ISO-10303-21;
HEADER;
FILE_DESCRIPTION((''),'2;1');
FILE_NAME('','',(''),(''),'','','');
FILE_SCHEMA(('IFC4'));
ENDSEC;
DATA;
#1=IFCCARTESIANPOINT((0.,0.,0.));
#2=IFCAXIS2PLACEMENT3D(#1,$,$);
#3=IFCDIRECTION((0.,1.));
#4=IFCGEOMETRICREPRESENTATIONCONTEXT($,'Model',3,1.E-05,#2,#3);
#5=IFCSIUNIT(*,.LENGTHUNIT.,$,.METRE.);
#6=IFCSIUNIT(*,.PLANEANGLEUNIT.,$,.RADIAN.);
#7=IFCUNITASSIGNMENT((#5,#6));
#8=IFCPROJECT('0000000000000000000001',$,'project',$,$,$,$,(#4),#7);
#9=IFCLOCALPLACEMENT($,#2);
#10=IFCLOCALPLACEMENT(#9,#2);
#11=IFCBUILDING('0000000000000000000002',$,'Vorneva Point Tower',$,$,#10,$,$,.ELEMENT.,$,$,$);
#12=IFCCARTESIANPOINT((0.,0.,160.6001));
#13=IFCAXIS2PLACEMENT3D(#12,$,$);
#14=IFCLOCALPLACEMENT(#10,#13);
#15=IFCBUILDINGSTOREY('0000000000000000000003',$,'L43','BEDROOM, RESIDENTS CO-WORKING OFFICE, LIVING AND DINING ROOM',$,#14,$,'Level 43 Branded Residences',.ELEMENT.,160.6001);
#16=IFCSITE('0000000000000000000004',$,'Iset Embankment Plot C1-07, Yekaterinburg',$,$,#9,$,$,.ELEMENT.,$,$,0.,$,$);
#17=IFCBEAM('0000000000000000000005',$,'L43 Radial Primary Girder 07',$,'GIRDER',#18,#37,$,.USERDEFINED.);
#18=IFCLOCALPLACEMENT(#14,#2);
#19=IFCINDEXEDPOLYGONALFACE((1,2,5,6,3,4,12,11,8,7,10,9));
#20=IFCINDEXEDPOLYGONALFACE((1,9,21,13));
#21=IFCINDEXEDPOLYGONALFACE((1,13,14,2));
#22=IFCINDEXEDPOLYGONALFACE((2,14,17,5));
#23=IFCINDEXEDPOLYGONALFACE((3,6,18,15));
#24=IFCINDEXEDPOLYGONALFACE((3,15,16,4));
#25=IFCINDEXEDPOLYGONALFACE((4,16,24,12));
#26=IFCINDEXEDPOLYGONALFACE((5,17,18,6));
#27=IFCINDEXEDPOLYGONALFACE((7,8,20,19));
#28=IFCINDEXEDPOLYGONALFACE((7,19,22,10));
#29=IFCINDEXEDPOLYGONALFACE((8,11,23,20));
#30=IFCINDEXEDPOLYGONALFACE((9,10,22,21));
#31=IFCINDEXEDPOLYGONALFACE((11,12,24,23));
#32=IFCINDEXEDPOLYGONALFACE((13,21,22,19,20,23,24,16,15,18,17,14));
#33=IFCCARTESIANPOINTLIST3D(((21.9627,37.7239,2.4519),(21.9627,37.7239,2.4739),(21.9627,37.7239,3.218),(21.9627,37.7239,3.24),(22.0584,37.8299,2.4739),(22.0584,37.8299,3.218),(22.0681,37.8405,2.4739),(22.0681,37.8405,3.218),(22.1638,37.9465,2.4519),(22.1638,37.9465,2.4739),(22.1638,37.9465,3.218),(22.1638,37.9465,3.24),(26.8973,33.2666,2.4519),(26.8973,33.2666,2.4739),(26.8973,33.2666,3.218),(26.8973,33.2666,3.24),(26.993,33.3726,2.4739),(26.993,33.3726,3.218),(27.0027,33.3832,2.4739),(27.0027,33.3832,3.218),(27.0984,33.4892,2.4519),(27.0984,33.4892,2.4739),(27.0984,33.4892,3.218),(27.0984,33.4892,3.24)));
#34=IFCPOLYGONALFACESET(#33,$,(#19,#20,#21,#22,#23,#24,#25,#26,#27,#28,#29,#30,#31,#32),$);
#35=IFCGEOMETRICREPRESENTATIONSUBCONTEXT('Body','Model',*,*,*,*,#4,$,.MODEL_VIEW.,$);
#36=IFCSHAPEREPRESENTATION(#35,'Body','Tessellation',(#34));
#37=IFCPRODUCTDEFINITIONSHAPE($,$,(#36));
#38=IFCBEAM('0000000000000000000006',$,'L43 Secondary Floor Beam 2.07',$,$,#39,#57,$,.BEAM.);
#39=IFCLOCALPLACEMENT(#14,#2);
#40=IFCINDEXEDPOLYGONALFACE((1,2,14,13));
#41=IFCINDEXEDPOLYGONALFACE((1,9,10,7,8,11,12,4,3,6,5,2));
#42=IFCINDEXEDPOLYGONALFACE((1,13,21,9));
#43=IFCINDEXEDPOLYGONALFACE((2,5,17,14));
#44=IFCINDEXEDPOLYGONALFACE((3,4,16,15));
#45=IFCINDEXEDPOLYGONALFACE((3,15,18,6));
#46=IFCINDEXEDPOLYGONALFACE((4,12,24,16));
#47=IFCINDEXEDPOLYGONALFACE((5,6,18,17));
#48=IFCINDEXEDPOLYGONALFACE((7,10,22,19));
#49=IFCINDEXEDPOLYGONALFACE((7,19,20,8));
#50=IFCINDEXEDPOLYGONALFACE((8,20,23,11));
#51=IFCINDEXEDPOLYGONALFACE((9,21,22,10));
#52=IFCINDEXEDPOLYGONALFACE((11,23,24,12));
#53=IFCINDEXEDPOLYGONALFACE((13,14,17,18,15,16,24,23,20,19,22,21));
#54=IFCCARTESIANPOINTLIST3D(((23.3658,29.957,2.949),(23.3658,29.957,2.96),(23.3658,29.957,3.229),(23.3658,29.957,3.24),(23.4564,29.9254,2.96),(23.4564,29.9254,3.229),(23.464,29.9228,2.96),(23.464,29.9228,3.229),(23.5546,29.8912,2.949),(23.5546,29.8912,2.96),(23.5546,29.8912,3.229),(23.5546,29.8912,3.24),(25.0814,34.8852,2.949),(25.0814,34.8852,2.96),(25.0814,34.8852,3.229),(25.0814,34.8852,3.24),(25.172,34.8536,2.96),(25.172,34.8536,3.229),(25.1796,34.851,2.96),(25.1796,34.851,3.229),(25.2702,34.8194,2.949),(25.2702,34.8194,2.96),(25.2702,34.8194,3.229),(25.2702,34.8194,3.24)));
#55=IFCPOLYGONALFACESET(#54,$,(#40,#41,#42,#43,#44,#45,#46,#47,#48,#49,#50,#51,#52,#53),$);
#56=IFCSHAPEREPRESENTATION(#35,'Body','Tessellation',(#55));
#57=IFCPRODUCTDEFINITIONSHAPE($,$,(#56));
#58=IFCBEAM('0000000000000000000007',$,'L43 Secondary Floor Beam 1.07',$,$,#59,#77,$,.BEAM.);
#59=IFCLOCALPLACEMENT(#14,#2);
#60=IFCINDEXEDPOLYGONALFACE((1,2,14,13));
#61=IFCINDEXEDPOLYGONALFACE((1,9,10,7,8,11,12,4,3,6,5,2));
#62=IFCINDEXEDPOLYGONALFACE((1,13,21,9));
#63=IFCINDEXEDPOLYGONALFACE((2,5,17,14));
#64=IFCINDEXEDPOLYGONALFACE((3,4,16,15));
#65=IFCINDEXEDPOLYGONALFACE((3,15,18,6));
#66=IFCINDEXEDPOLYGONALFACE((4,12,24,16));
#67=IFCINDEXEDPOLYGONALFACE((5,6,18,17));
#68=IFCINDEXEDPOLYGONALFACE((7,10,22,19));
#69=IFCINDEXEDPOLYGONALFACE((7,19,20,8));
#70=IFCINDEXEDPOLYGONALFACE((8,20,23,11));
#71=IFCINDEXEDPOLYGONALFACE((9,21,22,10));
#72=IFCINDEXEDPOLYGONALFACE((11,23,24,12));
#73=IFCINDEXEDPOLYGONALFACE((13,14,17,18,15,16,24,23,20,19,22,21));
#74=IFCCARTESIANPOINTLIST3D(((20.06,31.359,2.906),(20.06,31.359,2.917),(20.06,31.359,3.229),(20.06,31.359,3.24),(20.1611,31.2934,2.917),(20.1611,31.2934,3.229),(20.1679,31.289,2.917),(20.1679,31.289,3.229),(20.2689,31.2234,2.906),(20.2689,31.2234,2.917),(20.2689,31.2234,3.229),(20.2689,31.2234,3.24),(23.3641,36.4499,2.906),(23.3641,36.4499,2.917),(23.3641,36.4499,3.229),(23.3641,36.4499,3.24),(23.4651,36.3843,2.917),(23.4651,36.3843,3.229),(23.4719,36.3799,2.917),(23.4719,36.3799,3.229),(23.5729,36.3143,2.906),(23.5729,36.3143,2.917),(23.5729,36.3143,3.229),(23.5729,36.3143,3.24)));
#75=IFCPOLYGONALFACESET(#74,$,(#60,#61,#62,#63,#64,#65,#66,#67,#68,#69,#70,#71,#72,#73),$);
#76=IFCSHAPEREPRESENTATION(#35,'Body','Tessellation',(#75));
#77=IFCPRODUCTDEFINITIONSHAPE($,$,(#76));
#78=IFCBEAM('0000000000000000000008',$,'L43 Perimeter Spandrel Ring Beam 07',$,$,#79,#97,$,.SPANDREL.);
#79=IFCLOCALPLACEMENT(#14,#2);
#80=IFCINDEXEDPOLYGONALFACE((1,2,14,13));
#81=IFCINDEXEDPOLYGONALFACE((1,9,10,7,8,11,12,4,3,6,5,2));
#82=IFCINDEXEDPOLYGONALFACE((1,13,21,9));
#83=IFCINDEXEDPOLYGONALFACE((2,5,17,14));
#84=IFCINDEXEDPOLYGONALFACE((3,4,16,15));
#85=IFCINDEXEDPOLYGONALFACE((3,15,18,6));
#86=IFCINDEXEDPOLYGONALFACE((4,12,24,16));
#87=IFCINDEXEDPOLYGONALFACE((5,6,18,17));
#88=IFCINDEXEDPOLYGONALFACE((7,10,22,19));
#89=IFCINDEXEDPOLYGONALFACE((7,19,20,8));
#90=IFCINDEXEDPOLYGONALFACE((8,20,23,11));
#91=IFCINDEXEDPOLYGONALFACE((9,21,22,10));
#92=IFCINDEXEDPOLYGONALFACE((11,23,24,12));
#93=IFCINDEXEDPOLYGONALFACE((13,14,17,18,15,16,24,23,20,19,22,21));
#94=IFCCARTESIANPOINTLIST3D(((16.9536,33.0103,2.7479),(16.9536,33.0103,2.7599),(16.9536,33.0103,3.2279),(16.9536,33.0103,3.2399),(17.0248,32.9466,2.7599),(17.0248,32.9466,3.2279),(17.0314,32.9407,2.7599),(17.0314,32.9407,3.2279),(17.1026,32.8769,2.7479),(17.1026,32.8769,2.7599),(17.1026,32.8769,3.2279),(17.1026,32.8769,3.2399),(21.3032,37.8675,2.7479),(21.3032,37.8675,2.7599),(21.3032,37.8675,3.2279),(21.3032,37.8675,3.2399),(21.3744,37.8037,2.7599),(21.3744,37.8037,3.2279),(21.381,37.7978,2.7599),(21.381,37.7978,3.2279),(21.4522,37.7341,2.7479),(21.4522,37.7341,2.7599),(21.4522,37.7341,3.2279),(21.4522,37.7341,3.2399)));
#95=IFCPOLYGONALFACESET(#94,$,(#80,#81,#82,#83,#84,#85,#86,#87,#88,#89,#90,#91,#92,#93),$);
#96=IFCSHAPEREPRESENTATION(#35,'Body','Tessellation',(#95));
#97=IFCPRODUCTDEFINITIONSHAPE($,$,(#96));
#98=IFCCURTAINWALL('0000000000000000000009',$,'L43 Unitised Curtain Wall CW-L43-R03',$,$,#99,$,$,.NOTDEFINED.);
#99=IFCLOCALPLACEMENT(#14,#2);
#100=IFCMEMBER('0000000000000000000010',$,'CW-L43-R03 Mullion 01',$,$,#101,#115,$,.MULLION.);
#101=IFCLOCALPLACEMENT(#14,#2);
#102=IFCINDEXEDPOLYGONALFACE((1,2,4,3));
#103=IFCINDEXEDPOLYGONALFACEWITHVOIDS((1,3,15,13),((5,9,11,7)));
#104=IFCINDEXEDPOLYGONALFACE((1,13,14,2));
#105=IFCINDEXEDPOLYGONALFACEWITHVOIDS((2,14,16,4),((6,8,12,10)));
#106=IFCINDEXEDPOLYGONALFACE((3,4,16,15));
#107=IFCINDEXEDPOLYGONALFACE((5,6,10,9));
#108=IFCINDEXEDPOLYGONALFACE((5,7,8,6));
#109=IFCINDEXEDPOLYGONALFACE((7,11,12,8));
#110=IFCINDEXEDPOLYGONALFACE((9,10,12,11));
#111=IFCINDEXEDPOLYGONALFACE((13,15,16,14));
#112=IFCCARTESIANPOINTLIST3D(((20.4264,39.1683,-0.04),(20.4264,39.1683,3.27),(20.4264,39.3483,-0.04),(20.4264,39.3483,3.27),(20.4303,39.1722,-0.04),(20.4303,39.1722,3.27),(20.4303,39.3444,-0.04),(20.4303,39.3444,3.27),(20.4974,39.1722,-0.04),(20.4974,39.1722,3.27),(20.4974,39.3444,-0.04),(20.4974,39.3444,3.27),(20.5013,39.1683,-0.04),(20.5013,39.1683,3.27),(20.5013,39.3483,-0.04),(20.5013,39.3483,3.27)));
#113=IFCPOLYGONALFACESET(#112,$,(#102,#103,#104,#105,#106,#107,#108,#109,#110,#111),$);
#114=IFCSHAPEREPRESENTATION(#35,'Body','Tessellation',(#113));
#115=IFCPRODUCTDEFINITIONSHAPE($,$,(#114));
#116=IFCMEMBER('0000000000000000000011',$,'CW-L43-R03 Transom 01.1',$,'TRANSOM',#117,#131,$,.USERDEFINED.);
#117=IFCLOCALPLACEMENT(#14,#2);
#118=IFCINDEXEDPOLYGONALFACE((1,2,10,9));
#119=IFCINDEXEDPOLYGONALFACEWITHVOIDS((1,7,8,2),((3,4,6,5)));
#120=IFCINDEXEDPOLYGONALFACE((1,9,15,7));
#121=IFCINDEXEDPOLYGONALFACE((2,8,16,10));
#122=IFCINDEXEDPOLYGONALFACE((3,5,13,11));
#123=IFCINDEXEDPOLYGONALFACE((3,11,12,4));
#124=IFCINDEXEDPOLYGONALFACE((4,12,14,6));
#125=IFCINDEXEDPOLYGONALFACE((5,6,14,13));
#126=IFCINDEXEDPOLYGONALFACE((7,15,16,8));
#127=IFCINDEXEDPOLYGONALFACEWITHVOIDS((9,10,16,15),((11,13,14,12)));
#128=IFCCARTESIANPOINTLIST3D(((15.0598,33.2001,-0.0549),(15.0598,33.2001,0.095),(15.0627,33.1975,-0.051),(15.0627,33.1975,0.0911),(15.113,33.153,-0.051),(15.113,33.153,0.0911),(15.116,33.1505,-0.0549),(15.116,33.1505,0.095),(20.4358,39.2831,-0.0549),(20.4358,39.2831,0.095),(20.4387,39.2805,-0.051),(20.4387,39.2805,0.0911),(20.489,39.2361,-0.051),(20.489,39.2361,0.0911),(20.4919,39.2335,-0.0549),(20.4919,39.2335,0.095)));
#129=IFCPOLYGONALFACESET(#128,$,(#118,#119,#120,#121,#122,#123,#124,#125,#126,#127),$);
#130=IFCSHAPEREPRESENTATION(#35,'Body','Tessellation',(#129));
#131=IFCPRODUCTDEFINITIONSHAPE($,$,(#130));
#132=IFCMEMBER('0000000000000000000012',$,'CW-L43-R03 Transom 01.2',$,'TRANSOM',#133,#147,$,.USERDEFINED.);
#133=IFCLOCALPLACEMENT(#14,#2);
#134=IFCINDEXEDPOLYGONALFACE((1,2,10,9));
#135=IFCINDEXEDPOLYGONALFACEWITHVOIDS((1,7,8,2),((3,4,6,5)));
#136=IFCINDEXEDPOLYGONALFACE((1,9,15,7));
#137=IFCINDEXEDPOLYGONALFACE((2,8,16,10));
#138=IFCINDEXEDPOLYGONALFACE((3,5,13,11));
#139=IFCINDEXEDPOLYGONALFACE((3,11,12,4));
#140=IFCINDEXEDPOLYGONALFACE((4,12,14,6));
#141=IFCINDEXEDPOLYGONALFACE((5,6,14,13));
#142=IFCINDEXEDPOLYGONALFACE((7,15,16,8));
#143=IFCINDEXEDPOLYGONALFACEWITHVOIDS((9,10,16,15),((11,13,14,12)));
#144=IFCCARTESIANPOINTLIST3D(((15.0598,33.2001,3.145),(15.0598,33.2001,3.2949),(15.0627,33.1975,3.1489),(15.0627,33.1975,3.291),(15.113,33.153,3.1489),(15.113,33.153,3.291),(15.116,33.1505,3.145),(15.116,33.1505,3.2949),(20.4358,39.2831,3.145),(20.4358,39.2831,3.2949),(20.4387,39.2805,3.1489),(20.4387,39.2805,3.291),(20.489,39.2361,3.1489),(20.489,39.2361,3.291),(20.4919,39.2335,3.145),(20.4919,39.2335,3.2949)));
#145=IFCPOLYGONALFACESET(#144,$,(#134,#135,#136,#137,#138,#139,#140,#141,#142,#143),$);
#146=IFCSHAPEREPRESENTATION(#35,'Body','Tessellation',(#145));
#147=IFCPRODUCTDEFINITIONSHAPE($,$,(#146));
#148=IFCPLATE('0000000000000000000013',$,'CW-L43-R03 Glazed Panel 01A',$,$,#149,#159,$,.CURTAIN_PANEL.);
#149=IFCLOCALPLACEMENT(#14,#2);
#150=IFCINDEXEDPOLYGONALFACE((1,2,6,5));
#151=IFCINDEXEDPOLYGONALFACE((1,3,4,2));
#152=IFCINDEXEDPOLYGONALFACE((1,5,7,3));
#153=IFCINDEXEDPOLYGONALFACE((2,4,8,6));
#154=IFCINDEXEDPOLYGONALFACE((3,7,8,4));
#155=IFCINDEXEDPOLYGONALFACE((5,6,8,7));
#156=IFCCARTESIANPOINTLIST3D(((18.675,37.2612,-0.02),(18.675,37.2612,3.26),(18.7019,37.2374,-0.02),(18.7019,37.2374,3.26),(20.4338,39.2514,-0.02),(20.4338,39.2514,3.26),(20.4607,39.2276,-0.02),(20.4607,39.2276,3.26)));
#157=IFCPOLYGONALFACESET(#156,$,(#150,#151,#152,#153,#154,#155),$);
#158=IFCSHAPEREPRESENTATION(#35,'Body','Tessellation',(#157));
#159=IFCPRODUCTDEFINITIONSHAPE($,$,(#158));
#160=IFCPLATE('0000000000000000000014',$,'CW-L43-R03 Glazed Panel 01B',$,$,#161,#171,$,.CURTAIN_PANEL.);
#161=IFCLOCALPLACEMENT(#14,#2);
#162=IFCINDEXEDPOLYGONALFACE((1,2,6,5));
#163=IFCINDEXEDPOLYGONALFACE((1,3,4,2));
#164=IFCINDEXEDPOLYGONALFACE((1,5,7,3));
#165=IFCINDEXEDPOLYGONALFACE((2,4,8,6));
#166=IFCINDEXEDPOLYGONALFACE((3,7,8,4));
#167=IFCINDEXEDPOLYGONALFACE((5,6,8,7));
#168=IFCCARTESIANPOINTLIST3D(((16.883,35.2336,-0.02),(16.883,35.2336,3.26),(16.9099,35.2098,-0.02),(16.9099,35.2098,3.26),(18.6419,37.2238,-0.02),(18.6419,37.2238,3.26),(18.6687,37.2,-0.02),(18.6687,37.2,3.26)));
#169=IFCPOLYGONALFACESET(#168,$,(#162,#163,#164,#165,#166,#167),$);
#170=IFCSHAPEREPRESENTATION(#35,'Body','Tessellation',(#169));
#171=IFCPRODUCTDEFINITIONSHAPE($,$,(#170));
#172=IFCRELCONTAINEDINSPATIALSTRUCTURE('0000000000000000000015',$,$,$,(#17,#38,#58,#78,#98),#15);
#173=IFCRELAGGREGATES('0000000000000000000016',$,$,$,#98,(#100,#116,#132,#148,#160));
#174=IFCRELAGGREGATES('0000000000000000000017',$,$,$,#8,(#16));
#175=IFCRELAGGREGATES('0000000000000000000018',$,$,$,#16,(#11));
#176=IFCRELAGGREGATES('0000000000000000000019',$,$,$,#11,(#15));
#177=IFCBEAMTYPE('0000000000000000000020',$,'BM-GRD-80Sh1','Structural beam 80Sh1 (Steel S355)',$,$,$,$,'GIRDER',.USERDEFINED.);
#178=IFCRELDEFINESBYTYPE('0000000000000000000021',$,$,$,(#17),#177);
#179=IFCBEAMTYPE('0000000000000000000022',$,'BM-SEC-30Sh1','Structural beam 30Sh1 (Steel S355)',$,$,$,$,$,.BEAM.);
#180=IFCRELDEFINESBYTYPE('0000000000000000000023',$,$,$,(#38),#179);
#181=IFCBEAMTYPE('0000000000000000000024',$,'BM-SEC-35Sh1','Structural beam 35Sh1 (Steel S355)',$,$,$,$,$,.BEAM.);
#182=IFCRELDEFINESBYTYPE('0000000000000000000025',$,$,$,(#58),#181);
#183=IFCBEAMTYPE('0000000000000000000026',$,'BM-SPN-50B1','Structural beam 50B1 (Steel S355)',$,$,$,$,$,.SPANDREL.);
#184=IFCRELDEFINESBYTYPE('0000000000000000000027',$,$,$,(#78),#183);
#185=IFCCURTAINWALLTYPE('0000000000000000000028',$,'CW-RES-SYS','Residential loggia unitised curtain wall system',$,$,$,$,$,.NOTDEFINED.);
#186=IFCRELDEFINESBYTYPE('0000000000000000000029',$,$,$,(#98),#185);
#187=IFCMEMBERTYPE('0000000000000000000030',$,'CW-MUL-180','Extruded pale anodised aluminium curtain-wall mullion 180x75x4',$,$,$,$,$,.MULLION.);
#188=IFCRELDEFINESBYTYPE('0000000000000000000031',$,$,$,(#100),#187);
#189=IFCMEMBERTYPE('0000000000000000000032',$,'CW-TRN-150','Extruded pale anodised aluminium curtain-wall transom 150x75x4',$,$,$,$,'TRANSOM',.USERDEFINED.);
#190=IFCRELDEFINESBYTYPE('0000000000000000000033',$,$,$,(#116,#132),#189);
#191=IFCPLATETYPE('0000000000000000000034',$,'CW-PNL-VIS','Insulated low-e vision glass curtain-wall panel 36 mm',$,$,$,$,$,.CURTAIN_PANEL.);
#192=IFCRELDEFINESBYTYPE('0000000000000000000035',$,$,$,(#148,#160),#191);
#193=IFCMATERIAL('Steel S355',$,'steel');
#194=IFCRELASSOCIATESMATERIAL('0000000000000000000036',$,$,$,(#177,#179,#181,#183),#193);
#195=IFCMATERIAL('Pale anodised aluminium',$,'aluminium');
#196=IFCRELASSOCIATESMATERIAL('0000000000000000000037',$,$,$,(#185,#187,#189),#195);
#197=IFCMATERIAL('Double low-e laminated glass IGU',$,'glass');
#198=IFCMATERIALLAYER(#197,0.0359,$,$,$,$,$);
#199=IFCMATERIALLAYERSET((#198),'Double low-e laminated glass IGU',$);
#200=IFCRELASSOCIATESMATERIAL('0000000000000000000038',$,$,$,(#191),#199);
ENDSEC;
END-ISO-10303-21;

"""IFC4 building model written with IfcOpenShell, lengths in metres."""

from ifc_helpers import new_model, si_unit, direction, frame, origin, origin_2d, place, context, subcontext, project, spatial, rectangle, hollow_rectangle, i_section, extrude, material, layer, layer_set, material_profile, profile_set, type_object, element, aggregate, save


model = new_model("IFC4")

# Units and contexts
model_context = context("Model", 3, precision=1e-05, world=origin(), true_north=direction((0.0, 1.0)))
body_context = subcontext(model_context, "Body", "Model", "MODEL_VIEW")
ifc_project = project(units=[si_unit("LENGTHUNIT", "METRE"), si_unit("PLANEANGLEUNIT", "RADIAN")], contexts=[model_context])

# Site, building, storey
site_placement = place(None, origin())
site = spatial("IfcSite", under=ifc_project, at=site_placement, Name="Iset Embankment Plot C1-07, Yekaterinburg", CompositionType="ELEMENT", RefElevation=0.0)
building_placement = place(site_placement, origin())
building = spatial("IfcBuilding", under=site, at=building_placement, Name="Vorneva Point Tower", CompositionType="ELEMENT")
storey_placement = place(building_placement, frame((0.0, 0.0, 160.6001)))
storey = spatial("IfcBuildingStorey", under=building, at=storey_placement, Name="L43", Description="BEDROOM, RESIDENTS CO-WORKING OFFICE, LIVING AND DINING ROOM", LongName="Level 43 Branded Residences", CompositionType="ELEMENT", Elevation=160.6001)

# Beams
ifc_material_1 = material(Name="Steel S355", Category="steel")
ifc_material_profile_1 = material_profile(ifc_material_1, i_section(OverallWidth=0.3, OverallDepth=0.7881, WebThickness=0.0144, FlangeThickness=0.022, at=origin_2d()), Name="80Sh1")
ifc_profile_set_1 = profile_set([ifc_material_profile_1], Name="Steel S355")
beam_type_1 = type_object("IfcBeamType", Name="BM-GRD-80Sh1", Description="Structural beam 80Sh1 (Steel S355)", ElementType="GIRDER", PredefinedType="USERDEFINED", material=ifc_profile_set_1)
beam_1_placement = place(storey_placement, frame((22.0632, 37.8352, 2.8459), z_axis=(0.742084, -0.670306, 0.0), x_axis=(0.670306, 0.742084, 0.0)))
element("IfcBeam", 1, at=beam_1_placement, inside=storey, type_object=beam_type_1, Name="L43 Radial Primary Girder 07", ObjectType="GIRDER", PredefinedType="USERDEFINED", context=body_context, shape_type="SweptSolid", body=[
    extrude(i_section(OverallWidth=0.3, OverallDepth=0.7881, WebThickness=0.0144, FlangeThickness=0.022, at=origin_2d()), origin(), (0.0, 0.0, 1.0), 6.6497),
])
ifc_material_profile_2 = material_profile(ifc_material_1, i_section(OverallWidth=0.2, OverallDepth=0.291, WebThickness=0.0081, FlangeThickness=0.011, at=origin_2d()), Name="30Sh1")
ifc_profile_set_2 = profile_set([ifc_material_profile_2], Name="Steel S355")
beam_type_2 = type_object("IfcBeamType", Name="BM-SEC-30Sh1", Description="Structural beam 30Sh1 (Steel S355)", PredefinedType="BEAM", material=ifc_profile_set_2)
beam_2_placement = place(storey_placement, frame((25.1758, 34.8523, 3.0945), z_axis=(-0.328762, -0.944413, 0.0), x_axis=(0.944413, -0.328762, 0.0)))
element("IfcBeam", 2, at=beam_2_placement, inside=storey, type_object=beam_type_2, Name="L43 Secondary Floor Beam 2.07", PredefinedType="BEAM", context=body_context, shape_type="SweptSolid", body=[
    extrude(i_section(OverallWidth=0.2, OverallDepth=0.291, WebThickness=0.0081, FlangeThickness=0.011, at=origin_2d()), origin(), (0.0, 0.0, 1.0), 5.2183),
])
ifc_material_profile_3 = material_profile(ifc_material_1, i_section(OverallWidth=0.249, OverallDepth=0.334, WebThickness=0.0081, FlangeThickness=0.011, at=origin_2d()), Name="35Sh1")
ifc_profile_set_3 = profile_set([ifc_material_profile_3], Name="Steel S355")
beam_type_3 = type_object("IfcBeamType", Name="BM-SEC-35Sh1", Description="Structural beam 35Sh1 (Steel S355)", PredefinedType="BEAM", material=ifc_profile_set_3)
beam_3_placement = place(storey_placement, frame((23.4685, 36.3821, 3.073), z_axis=(-0.5444, -0.838826, 0.0), x_axis=(0.838826, -0.5444, 0.0)))
element("IfcBeam", 3, at=beam_3_placement, inside=storey, type_object=beam_type_3, Name="L43 Secondary Floor Beam 1.07", PredefinedType="BEAM", context=body_context, shape_type="SweptSolid", body=[
    extrude(i_section(OverallWidth=0.249, OverallDepth=0.334, WebThickness=0.0081, FlangeThickness=0.011, at=origin_2d()), origin(), (0.0, 0.0, 1.0), 6.0691),
])
ifc_material_profile_4 = material_profile(ifc_material_1, i_section(OverallWidth=0.2, OverallDepth=0.4919, WebThickness=0.0088, FlangeThickness=0.012, at=origin_2d()), Name="50B1")
ifc_profile_set_4 = profile_set([ifc_material_profile_4], Name="Steel S355")
beam_type_4 = type_object("IfcBeamType", Name="BM-SPN-50B1", Description="Structural beam 50B1 (Steel S355)", PredefinedType="SPANDREL", material=ifc_profile_set_4)
beam_4_placement = place(storey_placement, frame((21.3777, 37.8008, 2.9939), z_axis=(-0.667111, -0.744958, 0.0), x_axis=(0.744958, -0.667111, 0.0)))
element("IfcBeam", 4, at=beam_4_placement, inside=storey, type_object=beam_type_4, Name="L43 Perimeter Spandrel Ring Beam 07", PredefinedType="SPANDREL", context=body_context, shape_type="SweptSolid", body=[
    extrude(i_section(OverallWidth=0.2, OverallDepth=0.4919, WebThickness=0.0088, FlangeThickness=0.012, at=origin_2d()), origin(), (0.0, 0.0, 1.0), 6.52),
])

# Curtain wall, members, plates
ifc_material_2 = material(Name="Pale anodised aluminium", Category="aluminium")
curtain_wall_type = type_object("IfcCurtainWallType", Name="CW-RES-SYS", Description="Residential loggia unitised curtain wall system", PredefinedType="NOTDEFINED", material=ifc_material_2)
curtain_wall_placement = place(storey_placement, origin())
curtain_wall = element("IfcCurtainWall", 5, at=curtain_wall_placement, inside=storey, type_object=curtain_wall_type, Name="L43 Unitised Curtain Wall CW-L43-R03", PredefinedType="NOTDEFINED")
ifc_material_profile_5 = material_profile(ifc_material_2, hollow_rectangle(XDim=0.075, YDim=0.1799, WallThickness=0.0039, at=origin_2d()), Name="AL-MUL 180x75x4")
ifc_profile_set_5 = profile_set([ifc_material_profile_5], Name="Pale anodised aluminium")
member_type_1 = type_object("IfcMemberType", Name="CW-MUL-180", Description="Extruded pale anodised aluminium curtain-wall mullion 180x75x4", PredefinedType="MULLION", material=ifc_profile_set_5)
member_1_placement = place(storey_placement, frame((20.4639, 39.2583, -0.04), z_axis=(0.0, 0.0, 1.0), x_axis=(1.0, 0.0, 0.0)))
member_1 = element("IfcMember", 6, at=member_1_placement, type_object=member_type_1, Name="CW-L43-R03 Mullion 01", PredefinedType="MULLION", context=body_context, shape_type="SweptSolid", body=[
    extrude(hollow_rectangle(XDim=0.075, YDim=0.1799, WallThickness=0.0039, at=origin_2d()), origin(), (0.0, 0.0, 1.0), 3.3101),
])
ifc_material_profile_6 = material_profile(ifc_material_2, hollow_rectangle(XDim=0.075, YDim=0.1499, WallThickness=0.0039, at=origin_2d()), Name="AL-TRN 150x75x4")
ifc_profile_set_6 = profile_set([ifc_material_profile_6], Name="Pale anodised aluminium")
member_type_2 = type_object("IfcMemberType", Name="CW-TRN-150", Description="Extruded pale anodised aluminium curtain-wall transom 150x75x4", ElementType="TRANSOM", PredefinedType="USERDEFINED", material=ifc_profile_set_6)
member_2_placement = place(storey_placement, frame((20.4639, 39.2583, 0.02), z_axis=(-0.662218, -0.749311, 0.0), x_axis=(0.749311, -0.662218, 0.0)))
member_2 = element("IfcMember", 7, at=member_2_placement, type_object=member_type_2, Name="CW-L43-R03 Transom 01.1", ObjectType="TRANSOM", PredefinedType="USERDEFINED", context=body_context, shape_type="SweptSolid", body=[
    extrude(hollow_rectangle(XDim=0.075, YDim=0.1499, WallThickness=0.0039, at=origin_2d()), origin(), (0.0, 0.0, 1.0), 8.1182),
])
member_3_placement = place(storey_placement, frame((20.4639, 39.2583, 3.22), z_axis=(-0.662218, -0.749311, 0.0), x_axis=(0.749311, -0.662218, 0.0)))
member_3 = element("IfcMember", 8, at=member_3_placement, type_object=member_type_2, Name="CW-L43-R03 Transom 01.2", ObjectType="TRANSOM", PredefinedType="USERDEFINED", context=body_context, shape_type="SweptSolid", body=[
    extrude(hollow_rectangle(XDim=0.075, YDim=0.1499, WallThickness=0.0039, at=origin_2d()), origin(), (0.0, 0.0, 1.0), 8.1182),
])
ifc_material_3 = material(Name="Double low-e laminated glass IGU", Category="glass")
ifc_layer_1 = layer(ifc_material_3, 0.0359)
ifc_layer_set_1 = layer_set([ifc_layer_1], Name="Double low-e laminated glass IGU")
plate_type = type_object("IfcPlateType", Name="CW-PNL-VIS", Description="Insulated low-e vision glass curtain-wall panel 36 mm", PredefinedType="CURTAIN_PANEL", material=ifc_layer_set_1)
plate_1_placement = place(storey_placement, frame((19.5679, 38.2444, -0.02), z_axis=(0.0, 0.0, 1.0), x_axis=(-0.662215, -0.749314, 0.0)))
plate_1 = element("IfcPlate", 9, at=plate_1_placement, type_object=plate_type, Name="CW-L43-R03 Glazed Panel 01A", PredefinedType="CURTAIN_PANEL", context=body_context, shape_type="SweptSolid", body=[
    extrude(rectangle(XDim=2.656, YDim=0.0359, at=origin_2d()), origin(), (0.0, 0.0, 1.0), 3.28),
])
plate_2_placement = place(storey_placement, frame((17.7759, 36.2168, -0.02), z_axis=(0.0, 0.0, 1.0), x_axis=(-0.662215, -0.749314, 0.0)))
plate_2 = element("IfcPlate", 10, at=plate_2_placement, type_object=plate_type, Name="CW-L43-R03 Glazed Panel 01B", PredefinedType="CURTAIN_PANEL", context=body_context, shape_type="SweptSolid", body=[
    extrude(rectangle(XDim=2.656, YDim=0.0359, at=origin_2d()), origin(), (0.0, 0.0, 1.0), 3.28),
])
aggregate(curtain_wall, [member_1, member_2, member_3, plate_1, plate_2])

save(model, "model.ifc")
